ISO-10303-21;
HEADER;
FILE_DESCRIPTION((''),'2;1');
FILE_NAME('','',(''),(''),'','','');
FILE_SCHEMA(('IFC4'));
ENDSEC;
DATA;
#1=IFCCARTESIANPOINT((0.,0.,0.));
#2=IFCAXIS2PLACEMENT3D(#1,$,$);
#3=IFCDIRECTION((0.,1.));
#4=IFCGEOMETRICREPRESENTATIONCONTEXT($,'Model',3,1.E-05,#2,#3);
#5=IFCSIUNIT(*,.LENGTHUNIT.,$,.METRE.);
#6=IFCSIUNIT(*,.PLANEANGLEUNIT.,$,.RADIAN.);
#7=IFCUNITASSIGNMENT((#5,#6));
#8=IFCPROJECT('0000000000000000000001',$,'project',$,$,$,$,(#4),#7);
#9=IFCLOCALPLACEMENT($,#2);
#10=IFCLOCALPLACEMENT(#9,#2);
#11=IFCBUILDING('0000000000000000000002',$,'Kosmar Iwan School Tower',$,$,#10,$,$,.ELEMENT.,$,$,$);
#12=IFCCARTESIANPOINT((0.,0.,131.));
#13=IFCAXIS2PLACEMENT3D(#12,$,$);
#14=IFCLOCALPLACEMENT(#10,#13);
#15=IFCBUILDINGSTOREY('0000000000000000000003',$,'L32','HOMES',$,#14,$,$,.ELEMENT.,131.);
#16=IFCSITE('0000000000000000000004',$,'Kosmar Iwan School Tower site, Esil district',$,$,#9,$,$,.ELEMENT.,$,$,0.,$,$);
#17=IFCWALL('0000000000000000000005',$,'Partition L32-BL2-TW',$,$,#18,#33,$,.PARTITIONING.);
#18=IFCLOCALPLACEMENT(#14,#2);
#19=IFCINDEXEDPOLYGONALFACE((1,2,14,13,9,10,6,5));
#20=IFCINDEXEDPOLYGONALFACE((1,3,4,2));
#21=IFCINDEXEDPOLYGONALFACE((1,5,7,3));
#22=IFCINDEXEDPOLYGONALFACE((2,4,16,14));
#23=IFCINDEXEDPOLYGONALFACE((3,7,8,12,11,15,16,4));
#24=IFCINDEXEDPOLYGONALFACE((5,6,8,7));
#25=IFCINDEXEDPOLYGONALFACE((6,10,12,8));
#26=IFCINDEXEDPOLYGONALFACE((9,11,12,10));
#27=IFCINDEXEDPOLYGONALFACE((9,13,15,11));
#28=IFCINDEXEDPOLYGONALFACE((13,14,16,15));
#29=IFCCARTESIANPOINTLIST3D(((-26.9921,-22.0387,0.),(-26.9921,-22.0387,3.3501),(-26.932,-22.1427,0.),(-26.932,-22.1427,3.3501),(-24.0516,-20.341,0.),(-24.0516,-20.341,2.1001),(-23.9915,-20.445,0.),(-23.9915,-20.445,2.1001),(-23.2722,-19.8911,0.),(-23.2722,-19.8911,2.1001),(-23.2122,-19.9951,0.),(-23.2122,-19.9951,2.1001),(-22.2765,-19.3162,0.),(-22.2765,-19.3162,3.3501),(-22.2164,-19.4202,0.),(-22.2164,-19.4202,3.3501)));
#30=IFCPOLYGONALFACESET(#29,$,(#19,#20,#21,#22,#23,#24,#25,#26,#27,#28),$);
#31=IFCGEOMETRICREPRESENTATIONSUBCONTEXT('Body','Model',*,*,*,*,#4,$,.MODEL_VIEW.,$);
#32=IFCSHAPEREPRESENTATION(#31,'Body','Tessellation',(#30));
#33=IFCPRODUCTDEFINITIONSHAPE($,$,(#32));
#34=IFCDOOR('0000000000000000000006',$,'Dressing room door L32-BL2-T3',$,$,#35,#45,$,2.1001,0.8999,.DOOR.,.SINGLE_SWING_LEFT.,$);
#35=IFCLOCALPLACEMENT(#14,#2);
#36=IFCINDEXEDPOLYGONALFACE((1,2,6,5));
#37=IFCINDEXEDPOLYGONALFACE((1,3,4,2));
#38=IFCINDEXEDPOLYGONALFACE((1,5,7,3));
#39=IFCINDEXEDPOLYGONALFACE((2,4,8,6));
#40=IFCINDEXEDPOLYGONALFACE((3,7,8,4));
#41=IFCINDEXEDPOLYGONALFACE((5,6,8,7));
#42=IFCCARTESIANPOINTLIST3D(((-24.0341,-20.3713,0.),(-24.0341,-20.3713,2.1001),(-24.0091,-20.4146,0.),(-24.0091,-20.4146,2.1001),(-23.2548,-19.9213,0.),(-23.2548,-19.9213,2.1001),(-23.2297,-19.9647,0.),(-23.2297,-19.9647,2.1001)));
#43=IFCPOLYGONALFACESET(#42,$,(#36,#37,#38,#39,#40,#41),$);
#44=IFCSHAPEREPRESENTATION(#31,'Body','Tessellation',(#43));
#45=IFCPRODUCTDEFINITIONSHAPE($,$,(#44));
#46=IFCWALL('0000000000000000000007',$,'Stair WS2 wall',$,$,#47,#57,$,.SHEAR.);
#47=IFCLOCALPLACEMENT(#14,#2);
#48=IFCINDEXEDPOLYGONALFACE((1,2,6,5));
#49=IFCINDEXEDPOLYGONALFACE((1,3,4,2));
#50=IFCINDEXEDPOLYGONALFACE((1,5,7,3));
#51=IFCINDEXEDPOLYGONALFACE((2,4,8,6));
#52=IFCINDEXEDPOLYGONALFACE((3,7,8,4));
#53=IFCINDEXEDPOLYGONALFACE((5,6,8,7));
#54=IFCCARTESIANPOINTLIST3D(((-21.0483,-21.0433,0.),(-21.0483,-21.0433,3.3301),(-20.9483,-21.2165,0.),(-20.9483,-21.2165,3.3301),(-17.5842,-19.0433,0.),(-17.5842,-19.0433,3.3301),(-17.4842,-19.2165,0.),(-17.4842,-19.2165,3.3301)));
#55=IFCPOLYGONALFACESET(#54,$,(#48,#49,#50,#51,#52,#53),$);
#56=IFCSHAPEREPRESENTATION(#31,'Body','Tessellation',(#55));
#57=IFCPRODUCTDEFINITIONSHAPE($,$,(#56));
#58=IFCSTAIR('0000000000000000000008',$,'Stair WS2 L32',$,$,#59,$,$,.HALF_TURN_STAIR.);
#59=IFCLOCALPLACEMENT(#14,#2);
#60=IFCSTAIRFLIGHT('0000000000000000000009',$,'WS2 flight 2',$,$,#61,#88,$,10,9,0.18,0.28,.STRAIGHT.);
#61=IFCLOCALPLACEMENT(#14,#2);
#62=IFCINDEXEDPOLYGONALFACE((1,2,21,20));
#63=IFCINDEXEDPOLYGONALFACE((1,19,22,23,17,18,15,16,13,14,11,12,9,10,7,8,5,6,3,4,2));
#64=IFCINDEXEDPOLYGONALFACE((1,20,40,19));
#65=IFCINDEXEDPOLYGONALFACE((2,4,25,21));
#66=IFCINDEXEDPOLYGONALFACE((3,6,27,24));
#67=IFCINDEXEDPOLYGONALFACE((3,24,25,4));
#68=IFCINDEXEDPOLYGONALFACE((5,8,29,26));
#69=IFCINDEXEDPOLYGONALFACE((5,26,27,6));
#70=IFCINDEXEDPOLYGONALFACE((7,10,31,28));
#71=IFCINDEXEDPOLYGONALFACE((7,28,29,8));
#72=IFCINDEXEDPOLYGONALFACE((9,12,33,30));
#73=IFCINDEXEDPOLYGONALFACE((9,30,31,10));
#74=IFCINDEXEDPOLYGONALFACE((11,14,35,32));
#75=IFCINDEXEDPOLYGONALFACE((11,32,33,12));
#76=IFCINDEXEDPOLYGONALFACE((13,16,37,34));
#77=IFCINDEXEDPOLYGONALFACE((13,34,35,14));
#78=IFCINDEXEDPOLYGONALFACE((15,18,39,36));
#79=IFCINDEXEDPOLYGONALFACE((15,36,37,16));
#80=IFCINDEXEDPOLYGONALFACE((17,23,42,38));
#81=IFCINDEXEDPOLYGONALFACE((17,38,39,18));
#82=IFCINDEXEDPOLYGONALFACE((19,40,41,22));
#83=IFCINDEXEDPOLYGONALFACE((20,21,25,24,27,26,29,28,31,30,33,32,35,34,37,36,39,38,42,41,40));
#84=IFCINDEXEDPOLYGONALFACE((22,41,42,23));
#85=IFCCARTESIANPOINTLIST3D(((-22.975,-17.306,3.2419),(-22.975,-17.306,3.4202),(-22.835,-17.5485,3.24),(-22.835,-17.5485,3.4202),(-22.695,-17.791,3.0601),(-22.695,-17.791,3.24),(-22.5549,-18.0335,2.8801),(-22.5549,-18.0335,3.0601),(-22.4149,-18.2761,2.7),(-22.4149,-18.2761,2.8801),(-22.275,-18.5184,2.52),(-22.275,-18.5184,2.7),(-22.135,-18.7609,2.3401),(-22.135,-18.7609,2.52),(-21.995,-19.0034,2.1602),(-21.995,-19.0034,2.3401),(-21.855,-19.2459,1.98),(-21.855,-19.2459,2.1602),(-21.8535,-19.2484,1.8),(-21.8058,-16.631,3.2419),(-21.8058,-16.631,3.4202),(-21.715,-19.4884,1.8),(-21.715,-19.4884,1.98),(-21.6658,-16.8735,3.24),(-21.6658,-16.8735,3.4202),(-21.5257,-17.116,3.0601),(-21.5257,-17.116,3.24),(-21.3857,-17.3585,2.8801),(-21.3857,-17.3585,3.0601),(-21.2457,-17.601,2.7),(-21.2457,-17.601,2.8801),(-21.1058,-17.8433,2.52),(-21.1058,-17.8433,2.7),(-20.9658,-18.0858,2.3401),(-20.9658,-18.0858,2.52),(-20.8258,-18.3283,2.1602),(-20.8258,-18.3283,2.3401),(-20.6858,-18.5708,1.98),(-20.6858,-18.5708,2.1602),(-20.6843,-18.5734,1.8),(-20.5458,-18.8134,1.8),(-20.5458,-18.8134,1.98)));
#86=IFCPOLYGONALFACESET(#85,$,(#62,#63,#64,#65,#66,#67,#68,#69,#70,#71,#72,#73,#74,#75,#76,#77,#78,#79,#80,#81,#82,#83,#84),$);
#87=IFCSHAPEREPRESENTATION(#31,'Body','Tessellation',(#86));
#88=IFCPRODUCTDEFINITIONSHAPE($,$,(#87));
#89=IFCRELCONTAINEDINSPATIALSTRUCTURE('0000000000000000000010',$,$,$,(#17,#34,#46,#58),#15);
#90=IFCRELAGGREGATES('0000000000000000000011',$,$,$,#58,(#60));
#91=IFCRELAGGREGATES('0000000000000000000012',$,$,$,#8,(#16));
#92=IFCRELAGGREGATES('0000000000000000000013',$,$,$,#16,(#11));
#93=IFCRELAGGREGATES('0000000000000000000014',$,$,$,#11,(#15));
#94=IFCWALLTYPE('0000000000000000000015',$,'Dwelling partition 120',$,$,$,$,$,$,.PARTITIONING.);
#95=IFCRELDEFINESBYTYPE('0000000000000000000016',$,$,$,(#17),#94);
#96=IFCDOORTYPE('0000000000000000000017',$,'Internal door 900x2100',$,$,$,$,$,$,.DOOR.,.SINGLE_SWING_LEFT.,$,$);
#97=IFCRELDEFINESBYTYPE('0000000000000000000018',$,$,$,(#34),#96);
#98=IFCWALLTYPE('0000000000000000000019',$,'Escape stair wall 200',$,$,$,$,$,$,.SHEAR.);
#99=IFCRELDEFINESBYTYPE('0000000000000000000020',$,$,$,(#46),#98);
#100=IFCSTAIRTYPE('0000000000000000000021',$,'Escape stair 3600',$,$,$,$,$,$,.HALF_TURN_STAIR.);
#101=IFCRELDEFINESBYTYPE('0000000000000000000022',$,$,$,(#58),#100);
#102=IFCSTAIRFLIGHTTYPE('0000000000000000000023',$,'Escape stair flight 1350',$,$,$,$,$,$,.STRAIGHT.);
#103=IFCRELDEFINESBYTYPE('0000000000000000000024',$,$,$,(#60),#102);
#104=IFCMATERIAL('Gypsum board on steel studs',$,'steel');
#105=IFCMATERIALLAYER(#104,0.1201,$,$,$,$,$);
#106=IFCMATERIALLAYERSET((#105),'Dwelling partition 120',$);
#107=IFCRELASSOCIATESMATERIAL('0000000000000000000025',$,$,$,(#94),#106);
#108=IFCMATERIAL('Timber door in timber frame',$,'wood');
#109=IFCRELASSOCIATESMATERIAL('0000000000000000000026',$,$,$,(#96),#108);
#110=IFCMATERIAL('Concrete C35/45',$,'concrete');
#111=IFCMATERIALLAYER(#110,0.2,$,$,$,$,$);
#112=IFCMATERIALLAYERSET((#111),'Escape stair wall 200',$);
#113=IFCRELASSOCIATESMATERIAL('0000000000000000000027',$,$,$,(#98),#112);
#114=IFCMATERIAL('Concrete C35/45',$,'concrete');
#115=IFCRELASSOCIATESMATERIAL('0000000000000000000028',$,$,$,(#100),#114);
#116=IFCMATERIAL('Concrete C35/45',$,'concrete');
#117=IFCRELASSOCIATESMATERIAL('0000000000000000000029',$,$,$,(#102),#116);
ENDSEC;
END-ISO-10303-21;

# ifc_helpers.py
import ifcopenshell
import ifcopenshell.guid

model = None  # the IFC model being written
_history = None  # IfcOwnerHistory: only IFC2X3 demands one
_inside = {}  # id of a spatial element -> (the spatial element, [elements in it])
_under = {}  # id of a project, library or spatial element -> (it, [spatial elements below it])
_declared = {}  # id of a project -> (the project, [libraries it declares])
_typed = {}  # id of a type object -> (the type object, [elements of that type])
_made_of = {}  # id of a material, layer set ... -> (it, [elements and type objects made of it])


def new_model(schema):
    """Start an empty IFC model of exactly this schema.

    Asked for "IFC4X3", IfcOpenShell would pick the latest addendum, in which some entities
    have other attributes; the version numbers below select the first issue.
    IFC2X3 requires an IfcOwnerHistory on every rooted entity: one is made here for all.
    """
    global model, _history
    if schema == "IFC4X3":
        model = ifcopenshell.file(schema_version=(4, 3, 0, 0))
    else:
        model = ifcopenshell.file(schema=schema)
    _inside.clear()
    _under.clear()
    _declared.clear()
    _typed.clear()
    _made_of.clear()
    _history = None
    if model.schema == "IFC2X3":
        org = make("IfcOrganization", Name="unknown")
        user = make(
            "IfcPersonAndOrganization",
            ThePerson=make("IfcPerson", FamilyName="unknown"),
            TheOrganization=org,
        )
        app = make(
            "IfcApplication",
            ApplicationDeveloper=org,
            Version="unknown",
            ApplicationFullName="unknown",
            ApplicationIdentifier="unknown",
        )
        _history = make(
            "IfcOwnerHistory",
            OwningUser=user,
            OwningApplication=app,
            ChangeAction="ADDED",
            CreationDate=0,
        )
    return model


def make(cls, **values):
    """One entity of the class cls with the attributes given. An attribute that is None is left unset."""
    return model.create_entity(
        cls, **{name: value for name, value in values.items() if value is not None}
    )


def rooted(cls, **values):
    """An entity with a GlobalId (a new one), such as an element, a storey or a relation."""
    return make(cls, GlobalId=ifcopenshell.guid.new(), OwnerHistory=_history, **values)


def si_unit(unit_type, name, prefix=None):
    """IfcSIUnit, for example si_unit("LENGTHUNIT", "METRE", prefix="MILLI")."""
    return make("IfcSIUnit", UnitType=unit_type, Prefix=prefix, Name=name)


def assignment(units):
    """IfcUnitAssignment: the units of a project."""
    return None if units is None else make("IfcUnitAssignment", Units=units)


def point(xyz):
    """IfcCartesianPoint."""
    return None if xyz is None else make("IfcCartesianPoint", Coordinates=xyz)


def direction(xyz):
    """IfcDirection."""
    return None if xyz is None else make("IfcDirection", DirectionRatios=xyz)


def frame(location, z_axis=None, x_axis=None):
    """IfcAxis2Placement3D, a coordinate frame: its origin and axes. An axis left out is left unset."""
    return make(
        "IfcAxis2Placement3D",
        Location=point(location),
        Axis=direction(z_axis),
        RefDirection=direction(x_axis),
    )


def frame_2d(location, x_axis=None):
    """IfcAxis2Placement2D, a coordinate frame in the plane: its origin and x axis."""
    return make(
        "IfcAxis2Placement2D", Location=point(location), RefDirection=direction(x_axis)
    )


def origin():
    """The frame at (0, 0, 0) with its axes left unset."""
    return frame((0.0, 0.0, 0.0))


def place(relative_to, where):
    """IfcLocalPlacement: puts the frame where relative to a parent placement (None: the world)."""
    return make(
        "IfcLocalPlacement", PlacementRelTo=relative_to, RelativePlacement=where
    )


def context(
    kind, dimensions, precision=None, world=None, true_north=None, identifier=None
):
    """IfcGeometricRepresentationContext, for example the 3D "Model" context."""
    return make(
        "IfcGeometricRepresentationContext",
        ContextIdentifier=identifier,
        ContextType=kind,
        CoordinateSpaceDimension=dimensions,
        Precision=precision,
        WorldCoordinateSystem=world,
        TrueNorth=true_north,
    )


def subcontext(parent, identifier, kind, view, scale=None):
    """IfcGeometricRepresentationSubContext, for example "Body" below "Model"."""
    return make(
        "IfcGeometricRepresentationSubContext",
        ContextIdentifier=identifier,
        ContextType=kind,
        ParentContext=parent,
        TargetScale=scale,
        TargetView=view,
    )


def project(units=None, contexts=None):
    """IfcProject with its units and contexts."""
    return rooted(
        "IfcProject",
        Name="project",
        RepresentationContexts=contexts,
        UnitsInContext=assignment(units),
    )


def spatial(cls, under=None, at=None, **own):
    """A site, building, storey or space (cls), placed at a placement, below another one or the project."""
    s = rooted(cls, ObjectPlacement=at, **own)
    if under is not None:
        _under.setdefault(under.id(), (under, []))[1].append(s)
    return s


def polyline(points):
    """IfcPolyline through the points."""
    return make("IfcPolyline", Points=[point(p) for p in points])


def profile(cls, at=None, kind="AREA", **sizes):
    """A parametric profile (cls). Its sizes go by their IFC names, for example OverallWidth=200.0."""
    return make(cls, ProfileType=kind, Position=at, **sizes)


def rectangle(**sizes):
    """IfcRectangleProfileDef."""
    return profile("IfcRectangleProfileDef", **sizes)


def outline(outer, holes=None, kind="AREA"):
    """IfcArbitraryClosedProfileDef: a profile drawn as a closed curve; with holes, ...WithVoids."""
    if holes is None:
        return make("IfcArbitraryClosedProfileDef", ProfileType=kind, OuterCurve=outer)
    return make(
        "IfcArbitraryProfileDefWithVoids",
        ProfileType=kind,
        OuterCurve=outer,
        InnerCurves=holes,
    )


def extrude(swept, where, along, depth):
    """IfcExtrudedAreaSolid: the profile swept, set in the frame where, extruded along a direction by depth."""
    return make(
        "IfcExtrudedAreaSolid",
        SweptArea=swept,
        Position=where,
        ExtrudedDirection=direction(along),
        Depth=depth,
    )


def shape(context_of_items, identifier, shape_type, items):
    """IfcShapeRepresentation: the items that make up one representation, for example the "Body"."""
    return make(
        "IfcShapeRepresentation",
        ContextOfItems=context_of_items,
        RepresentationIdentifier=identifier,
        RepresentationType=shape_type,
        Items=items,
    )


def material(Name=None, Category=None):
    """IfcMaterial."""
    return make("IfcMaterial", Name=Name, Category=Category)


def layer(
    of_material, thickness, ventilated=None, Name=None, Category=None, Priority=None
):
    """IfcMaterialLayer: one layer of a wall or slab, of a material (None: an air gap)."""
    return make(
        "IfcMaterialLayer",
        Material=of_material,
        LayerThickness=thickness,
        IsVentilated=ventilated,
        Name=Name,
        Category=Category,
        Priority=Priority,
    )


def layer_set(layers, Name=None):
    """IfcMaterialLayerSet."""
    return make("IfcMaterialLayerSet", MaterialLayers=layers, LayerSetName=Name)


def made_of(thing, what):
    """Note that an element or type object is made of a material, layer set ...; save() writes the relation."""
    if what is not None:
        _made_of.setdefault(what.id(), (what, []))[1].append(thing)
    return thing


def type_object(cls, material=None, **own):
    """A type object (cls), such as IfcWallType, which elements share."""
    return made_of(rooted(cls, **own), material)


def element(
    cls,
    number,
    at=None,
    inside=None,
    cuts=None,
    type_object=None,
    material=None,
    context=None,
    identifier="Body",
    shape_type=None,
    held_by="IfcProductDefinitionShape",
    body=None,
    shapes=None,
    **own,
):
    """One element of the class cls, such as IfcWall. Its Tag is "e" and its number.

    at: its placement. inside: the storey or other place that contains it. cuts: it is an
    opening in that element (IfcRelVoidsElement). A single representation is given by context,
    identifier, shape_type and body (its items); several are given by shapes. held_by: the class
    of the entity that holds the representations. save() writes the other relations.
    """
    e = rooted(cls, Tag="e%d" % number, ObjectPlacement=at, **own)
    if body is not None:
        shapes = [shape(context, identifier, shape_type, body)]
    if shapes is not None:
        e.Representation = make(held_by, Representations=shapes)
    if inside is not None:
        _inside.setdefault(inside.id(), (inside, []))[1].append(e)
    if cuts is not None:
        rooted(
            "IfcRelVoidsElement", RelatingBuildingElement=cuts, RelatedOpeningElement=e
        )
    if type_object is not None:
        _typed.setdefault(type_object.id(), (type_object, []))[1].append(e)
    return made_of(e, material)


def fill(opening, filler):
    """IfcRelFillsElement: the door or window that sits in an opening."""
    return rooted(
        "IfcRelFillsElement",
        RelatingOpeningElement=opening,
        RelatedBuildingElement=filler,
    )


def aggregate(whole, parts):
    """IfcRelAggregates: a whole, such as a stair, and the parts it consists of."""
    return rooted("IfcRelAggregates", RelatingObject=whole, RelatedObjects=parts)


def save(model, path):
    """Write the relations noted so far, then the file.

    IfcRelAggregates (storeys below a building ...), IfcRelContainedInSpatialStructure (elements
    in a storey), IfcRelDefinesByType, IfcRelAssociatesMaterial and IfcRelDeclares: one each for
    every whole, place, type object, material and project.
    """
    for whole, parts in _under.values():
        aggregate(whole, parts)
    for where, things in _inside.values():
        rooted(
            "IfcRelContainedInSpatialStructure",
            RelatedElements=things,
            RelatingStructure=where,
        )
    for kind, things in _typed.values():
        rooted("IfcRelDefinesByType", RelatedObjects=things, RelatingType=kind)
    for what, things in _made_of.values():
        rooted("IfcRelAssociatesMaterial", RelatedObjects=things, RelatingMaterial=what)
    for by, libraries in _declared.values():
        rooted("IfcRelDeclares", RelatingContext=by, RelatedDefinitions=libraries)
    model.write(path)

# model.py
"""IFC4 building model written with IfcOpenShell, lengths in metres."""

from ifc_helpers import new_model, si_unit, direction, frame, frame_2d, origin, place, context, subcontext, project, spatial, polyline, rectangle, outline, extrude, material, layer, layer_set, type_object, element, fill, aggregate, save


model = new_model("IFC4")

# Units and contexts
model_context = context("Model", 3, precision=1e-05, world=origin(), true_north=direction((0.0, 1.0)))
body_context = subcontext(model_context, "Body", "Model", "MODEL_VIEW")
ifc_project = project(units=[si_unit("LENGTHUNIT", "METRE"), si_unit("PLANEANGLEUNIT", "RADIAN")], contexts=[model_context])

# Site, building, storey
site_placement = place(None, origin())
site = spatial("IfcSite", under=ifc_project, at=site_placement, Name="Kosmar Iwan School Tower site, Esil district", CompositionType="ELEMENT", RefElevation=0.0)
building_placement = place(site_placement, origin())
building = spatial("IfcBuilding", under=site, at=building_placement, Name="Kosmar Iwan School Tower", CompositionType="ELEMENT")
storey_placement = place(building_placement, frame((0.0, 0.0, 131.0)))
storey = spatial("IfcBuildingStorey", under=building, at=storey_placement, Name="L32", Description="HOMES", CompositionType="ELEMENT", Elevation=131.0)

# Wall, opening, door
ifc_material_1 = material(Name="Gypsum board on steel studs", Category="steel")
ifc_layer_1 = layer(ifc_material_1, 0.1201)
ifc_layer_set_1 = layer_set([ifc_layer_1], Name="Dwelling partition 120")
wall_type_1 = type_object("IfcWallType", Name="Dwelling partition 120", PredefinedType="PARTITIONING", material=ifc_layer_set_1)
ifc_material_2 = material(Name="Timber door in timber frame", Category="wood")
door_type = type_object("IfcDoorType", Name="Internal door 900x2100", OperationType="SINGLE_SWING_LEFT", PredefinedType="DOOR", material=ifc_material_2)
wall_1_placement = place(storey_placement, frame((-22.2463, -19.3682, 0.0), z_axis=(0.0, 0.0, 1.0), x_axis=(-0.866036, -0.499982, 0.0)))
wall_1 = element("IfcWall", 1, at=wall_1_placement, inside=storey, type_object=wall_type_1, Name="Partition L32-BL2-TW", PredefinedType="PARTITIONING", context=body_context, shape_type="SweptSolid", body=[
    extrude(rectangle(XDim=5.4451, YDim=0.1201, at=frame_2d((2.7227, 0.0))), origin(), (0.0, 0.0, 1.0), 3.3501),
])
opening_1_placement = place(wall_1_placement, frame((1.1499, 0.0, 0.0)))
opening_1 = element("IfcOpeningElement", 2, at=opening_1_placement, cuts=wall_1, PredefinedType="OPENING", context=body_context, shape_type="SweptSolid", body=[
    extrude(rectangle(XDim=0.8999, YDim=2.1001, at=frame_2d((0.45, 1.05))), frame((0.0, 0.072, 0.0), z_axis=(0.0, -1.0, 0.0), x_axis=(1.0, 0.0, 0.0)), (0.0, 0.0, 1.0), 0.144),
])
door_1_placement = place(opening_1_placement, origin())
door_1 = element("IfcDoor", 3, at=door_1_placement, inside=storey, type_object=door_type, Name="Dressing room door L32-BL2-T3", OperationType="SINGLE_SWING_LEFT", OverallHeight=2.1001, OverallWidth=0.8999, PredefinedType="DOOR", context=body_context, shape_type="SweptSolid", body=[
    extrude(rectangle(XDim=0.8999, YDim=2.1001, at=frame_2d((0.45, 1.05))), frame((0.0, 0.0249, 0.0), z_axis=(0.0, -1.0, 0.0), x_axis=(1.0, 0.0, 0.0)), (0.0, 0.0, 1.0), 0.05),
])
fill(opening_1, door_1)

# Wall
ifc_material_3 = material(Name="Concrete C35/45", Category="concrete")
ifc_layer_2 = layer(ifc_material_3, 0.2)
ifc_layer_set_2 = layer_set([ifc_layer_2], Name="Escape stair wall 200")
wall_type_2 = type_object("IfcWallType", Name="Escape stair wall 200", PredefinedType="SHEAR", material=ifc_layer_set_2)
wall_2_placement = place(storey_placement, frame((-17.5342, -19.1299, 0.0), z_axis=(0.0, 0.0, 1.0), x_axis=(-0.866026, -0.499999, 0.0)))
element("IfcWall", 4, at=wall_2_placement, inside=storey, type_object=wall_type_2, Name="Stair WS2 wall", PredefinedType="SHEAR", context=body_context, shape_type="SweptSolid", body=[
    extrude(rectangle(XDim=4.0, YDim=0.2, at=frame_2d((2.0, 0.0))), origin(), (0.0, 0.0, 1.0), 3.3301),
])

# Stair, stair flight
ifc_material_4 = material(Name="Concrete C35/45", Category="concrete")
stair_type = type_object("IfcStairType", Name="Escape stair 3600", PredefinedType="HALF_TURN_STAIR", material=ifc_material_4)
stair_placement = place(storey_placement, origin())
stair = element("IfcStair", 5, at=stair_placement, inside=storey, type_object=stair_type, Name="Stair WS2 L32", PredefinedType="HALF_TURN_STAIR")
ifc_material_5 = material(Name="Concrete C35/45", Category="concrete")
stair_flight_type = type_object("IfcStairFlightType", Name="Escape stair flight 1350", PredefinedType="STRAIGHT", material=ifc_material_5)
stair_flight_placement = place(storey_placement, frame((-21.1304, -19.1509, 1.8), z_axis=(0.0, 0.0, 1.0), x_axis=(-0.5, 0.866025, 0.0)))
stair_flight = element("IfcStairFlight", 6, at=stair_flight_placement, type_object=stair_flight_type, Name="WS2 flight 2", NumberOfRisers=10, NumberOfTreads=9, PredefinedType="STRAIGHT", RiserHeight=0.18, TreadLength=0.28, context=body_context, shape_type="SweptSolid", body=[
    extrude(outline(polyline([(0.0, 0.0), (0.0, 0.1799), (0.28, 0.1799), (0.28, 0.3601), (0.5601, 0.3601), (0.5601, 0.54), (0.8401, 0.54), (0.8401, 0.72), (1.1201, 0.72), (1.1201, 0.8999), (1.3999, 0.8999), (1.3999, 1.0801), (1.6799, 1.0801), (1.6799, 1.26), (1.96, 1.26), (1.96, 1.4399), (2.24, 1.4399), (2.24, 1.6201), (2.52, 1.6201), (2.52, 1.8), (2.52, 1.4419), (0.2771, 0.0), (0.0, 0.0)])), frame((0.0, 0.675, 0.0), z_axis=(0.0, -1.0, 0.0), x_axis=(1.0, 0.0, 0.0)), (0.0, 0.0, 1.0), 1.3501),
])
aggregate(stair, [stair_flight])

save(model, "model.ifc")
